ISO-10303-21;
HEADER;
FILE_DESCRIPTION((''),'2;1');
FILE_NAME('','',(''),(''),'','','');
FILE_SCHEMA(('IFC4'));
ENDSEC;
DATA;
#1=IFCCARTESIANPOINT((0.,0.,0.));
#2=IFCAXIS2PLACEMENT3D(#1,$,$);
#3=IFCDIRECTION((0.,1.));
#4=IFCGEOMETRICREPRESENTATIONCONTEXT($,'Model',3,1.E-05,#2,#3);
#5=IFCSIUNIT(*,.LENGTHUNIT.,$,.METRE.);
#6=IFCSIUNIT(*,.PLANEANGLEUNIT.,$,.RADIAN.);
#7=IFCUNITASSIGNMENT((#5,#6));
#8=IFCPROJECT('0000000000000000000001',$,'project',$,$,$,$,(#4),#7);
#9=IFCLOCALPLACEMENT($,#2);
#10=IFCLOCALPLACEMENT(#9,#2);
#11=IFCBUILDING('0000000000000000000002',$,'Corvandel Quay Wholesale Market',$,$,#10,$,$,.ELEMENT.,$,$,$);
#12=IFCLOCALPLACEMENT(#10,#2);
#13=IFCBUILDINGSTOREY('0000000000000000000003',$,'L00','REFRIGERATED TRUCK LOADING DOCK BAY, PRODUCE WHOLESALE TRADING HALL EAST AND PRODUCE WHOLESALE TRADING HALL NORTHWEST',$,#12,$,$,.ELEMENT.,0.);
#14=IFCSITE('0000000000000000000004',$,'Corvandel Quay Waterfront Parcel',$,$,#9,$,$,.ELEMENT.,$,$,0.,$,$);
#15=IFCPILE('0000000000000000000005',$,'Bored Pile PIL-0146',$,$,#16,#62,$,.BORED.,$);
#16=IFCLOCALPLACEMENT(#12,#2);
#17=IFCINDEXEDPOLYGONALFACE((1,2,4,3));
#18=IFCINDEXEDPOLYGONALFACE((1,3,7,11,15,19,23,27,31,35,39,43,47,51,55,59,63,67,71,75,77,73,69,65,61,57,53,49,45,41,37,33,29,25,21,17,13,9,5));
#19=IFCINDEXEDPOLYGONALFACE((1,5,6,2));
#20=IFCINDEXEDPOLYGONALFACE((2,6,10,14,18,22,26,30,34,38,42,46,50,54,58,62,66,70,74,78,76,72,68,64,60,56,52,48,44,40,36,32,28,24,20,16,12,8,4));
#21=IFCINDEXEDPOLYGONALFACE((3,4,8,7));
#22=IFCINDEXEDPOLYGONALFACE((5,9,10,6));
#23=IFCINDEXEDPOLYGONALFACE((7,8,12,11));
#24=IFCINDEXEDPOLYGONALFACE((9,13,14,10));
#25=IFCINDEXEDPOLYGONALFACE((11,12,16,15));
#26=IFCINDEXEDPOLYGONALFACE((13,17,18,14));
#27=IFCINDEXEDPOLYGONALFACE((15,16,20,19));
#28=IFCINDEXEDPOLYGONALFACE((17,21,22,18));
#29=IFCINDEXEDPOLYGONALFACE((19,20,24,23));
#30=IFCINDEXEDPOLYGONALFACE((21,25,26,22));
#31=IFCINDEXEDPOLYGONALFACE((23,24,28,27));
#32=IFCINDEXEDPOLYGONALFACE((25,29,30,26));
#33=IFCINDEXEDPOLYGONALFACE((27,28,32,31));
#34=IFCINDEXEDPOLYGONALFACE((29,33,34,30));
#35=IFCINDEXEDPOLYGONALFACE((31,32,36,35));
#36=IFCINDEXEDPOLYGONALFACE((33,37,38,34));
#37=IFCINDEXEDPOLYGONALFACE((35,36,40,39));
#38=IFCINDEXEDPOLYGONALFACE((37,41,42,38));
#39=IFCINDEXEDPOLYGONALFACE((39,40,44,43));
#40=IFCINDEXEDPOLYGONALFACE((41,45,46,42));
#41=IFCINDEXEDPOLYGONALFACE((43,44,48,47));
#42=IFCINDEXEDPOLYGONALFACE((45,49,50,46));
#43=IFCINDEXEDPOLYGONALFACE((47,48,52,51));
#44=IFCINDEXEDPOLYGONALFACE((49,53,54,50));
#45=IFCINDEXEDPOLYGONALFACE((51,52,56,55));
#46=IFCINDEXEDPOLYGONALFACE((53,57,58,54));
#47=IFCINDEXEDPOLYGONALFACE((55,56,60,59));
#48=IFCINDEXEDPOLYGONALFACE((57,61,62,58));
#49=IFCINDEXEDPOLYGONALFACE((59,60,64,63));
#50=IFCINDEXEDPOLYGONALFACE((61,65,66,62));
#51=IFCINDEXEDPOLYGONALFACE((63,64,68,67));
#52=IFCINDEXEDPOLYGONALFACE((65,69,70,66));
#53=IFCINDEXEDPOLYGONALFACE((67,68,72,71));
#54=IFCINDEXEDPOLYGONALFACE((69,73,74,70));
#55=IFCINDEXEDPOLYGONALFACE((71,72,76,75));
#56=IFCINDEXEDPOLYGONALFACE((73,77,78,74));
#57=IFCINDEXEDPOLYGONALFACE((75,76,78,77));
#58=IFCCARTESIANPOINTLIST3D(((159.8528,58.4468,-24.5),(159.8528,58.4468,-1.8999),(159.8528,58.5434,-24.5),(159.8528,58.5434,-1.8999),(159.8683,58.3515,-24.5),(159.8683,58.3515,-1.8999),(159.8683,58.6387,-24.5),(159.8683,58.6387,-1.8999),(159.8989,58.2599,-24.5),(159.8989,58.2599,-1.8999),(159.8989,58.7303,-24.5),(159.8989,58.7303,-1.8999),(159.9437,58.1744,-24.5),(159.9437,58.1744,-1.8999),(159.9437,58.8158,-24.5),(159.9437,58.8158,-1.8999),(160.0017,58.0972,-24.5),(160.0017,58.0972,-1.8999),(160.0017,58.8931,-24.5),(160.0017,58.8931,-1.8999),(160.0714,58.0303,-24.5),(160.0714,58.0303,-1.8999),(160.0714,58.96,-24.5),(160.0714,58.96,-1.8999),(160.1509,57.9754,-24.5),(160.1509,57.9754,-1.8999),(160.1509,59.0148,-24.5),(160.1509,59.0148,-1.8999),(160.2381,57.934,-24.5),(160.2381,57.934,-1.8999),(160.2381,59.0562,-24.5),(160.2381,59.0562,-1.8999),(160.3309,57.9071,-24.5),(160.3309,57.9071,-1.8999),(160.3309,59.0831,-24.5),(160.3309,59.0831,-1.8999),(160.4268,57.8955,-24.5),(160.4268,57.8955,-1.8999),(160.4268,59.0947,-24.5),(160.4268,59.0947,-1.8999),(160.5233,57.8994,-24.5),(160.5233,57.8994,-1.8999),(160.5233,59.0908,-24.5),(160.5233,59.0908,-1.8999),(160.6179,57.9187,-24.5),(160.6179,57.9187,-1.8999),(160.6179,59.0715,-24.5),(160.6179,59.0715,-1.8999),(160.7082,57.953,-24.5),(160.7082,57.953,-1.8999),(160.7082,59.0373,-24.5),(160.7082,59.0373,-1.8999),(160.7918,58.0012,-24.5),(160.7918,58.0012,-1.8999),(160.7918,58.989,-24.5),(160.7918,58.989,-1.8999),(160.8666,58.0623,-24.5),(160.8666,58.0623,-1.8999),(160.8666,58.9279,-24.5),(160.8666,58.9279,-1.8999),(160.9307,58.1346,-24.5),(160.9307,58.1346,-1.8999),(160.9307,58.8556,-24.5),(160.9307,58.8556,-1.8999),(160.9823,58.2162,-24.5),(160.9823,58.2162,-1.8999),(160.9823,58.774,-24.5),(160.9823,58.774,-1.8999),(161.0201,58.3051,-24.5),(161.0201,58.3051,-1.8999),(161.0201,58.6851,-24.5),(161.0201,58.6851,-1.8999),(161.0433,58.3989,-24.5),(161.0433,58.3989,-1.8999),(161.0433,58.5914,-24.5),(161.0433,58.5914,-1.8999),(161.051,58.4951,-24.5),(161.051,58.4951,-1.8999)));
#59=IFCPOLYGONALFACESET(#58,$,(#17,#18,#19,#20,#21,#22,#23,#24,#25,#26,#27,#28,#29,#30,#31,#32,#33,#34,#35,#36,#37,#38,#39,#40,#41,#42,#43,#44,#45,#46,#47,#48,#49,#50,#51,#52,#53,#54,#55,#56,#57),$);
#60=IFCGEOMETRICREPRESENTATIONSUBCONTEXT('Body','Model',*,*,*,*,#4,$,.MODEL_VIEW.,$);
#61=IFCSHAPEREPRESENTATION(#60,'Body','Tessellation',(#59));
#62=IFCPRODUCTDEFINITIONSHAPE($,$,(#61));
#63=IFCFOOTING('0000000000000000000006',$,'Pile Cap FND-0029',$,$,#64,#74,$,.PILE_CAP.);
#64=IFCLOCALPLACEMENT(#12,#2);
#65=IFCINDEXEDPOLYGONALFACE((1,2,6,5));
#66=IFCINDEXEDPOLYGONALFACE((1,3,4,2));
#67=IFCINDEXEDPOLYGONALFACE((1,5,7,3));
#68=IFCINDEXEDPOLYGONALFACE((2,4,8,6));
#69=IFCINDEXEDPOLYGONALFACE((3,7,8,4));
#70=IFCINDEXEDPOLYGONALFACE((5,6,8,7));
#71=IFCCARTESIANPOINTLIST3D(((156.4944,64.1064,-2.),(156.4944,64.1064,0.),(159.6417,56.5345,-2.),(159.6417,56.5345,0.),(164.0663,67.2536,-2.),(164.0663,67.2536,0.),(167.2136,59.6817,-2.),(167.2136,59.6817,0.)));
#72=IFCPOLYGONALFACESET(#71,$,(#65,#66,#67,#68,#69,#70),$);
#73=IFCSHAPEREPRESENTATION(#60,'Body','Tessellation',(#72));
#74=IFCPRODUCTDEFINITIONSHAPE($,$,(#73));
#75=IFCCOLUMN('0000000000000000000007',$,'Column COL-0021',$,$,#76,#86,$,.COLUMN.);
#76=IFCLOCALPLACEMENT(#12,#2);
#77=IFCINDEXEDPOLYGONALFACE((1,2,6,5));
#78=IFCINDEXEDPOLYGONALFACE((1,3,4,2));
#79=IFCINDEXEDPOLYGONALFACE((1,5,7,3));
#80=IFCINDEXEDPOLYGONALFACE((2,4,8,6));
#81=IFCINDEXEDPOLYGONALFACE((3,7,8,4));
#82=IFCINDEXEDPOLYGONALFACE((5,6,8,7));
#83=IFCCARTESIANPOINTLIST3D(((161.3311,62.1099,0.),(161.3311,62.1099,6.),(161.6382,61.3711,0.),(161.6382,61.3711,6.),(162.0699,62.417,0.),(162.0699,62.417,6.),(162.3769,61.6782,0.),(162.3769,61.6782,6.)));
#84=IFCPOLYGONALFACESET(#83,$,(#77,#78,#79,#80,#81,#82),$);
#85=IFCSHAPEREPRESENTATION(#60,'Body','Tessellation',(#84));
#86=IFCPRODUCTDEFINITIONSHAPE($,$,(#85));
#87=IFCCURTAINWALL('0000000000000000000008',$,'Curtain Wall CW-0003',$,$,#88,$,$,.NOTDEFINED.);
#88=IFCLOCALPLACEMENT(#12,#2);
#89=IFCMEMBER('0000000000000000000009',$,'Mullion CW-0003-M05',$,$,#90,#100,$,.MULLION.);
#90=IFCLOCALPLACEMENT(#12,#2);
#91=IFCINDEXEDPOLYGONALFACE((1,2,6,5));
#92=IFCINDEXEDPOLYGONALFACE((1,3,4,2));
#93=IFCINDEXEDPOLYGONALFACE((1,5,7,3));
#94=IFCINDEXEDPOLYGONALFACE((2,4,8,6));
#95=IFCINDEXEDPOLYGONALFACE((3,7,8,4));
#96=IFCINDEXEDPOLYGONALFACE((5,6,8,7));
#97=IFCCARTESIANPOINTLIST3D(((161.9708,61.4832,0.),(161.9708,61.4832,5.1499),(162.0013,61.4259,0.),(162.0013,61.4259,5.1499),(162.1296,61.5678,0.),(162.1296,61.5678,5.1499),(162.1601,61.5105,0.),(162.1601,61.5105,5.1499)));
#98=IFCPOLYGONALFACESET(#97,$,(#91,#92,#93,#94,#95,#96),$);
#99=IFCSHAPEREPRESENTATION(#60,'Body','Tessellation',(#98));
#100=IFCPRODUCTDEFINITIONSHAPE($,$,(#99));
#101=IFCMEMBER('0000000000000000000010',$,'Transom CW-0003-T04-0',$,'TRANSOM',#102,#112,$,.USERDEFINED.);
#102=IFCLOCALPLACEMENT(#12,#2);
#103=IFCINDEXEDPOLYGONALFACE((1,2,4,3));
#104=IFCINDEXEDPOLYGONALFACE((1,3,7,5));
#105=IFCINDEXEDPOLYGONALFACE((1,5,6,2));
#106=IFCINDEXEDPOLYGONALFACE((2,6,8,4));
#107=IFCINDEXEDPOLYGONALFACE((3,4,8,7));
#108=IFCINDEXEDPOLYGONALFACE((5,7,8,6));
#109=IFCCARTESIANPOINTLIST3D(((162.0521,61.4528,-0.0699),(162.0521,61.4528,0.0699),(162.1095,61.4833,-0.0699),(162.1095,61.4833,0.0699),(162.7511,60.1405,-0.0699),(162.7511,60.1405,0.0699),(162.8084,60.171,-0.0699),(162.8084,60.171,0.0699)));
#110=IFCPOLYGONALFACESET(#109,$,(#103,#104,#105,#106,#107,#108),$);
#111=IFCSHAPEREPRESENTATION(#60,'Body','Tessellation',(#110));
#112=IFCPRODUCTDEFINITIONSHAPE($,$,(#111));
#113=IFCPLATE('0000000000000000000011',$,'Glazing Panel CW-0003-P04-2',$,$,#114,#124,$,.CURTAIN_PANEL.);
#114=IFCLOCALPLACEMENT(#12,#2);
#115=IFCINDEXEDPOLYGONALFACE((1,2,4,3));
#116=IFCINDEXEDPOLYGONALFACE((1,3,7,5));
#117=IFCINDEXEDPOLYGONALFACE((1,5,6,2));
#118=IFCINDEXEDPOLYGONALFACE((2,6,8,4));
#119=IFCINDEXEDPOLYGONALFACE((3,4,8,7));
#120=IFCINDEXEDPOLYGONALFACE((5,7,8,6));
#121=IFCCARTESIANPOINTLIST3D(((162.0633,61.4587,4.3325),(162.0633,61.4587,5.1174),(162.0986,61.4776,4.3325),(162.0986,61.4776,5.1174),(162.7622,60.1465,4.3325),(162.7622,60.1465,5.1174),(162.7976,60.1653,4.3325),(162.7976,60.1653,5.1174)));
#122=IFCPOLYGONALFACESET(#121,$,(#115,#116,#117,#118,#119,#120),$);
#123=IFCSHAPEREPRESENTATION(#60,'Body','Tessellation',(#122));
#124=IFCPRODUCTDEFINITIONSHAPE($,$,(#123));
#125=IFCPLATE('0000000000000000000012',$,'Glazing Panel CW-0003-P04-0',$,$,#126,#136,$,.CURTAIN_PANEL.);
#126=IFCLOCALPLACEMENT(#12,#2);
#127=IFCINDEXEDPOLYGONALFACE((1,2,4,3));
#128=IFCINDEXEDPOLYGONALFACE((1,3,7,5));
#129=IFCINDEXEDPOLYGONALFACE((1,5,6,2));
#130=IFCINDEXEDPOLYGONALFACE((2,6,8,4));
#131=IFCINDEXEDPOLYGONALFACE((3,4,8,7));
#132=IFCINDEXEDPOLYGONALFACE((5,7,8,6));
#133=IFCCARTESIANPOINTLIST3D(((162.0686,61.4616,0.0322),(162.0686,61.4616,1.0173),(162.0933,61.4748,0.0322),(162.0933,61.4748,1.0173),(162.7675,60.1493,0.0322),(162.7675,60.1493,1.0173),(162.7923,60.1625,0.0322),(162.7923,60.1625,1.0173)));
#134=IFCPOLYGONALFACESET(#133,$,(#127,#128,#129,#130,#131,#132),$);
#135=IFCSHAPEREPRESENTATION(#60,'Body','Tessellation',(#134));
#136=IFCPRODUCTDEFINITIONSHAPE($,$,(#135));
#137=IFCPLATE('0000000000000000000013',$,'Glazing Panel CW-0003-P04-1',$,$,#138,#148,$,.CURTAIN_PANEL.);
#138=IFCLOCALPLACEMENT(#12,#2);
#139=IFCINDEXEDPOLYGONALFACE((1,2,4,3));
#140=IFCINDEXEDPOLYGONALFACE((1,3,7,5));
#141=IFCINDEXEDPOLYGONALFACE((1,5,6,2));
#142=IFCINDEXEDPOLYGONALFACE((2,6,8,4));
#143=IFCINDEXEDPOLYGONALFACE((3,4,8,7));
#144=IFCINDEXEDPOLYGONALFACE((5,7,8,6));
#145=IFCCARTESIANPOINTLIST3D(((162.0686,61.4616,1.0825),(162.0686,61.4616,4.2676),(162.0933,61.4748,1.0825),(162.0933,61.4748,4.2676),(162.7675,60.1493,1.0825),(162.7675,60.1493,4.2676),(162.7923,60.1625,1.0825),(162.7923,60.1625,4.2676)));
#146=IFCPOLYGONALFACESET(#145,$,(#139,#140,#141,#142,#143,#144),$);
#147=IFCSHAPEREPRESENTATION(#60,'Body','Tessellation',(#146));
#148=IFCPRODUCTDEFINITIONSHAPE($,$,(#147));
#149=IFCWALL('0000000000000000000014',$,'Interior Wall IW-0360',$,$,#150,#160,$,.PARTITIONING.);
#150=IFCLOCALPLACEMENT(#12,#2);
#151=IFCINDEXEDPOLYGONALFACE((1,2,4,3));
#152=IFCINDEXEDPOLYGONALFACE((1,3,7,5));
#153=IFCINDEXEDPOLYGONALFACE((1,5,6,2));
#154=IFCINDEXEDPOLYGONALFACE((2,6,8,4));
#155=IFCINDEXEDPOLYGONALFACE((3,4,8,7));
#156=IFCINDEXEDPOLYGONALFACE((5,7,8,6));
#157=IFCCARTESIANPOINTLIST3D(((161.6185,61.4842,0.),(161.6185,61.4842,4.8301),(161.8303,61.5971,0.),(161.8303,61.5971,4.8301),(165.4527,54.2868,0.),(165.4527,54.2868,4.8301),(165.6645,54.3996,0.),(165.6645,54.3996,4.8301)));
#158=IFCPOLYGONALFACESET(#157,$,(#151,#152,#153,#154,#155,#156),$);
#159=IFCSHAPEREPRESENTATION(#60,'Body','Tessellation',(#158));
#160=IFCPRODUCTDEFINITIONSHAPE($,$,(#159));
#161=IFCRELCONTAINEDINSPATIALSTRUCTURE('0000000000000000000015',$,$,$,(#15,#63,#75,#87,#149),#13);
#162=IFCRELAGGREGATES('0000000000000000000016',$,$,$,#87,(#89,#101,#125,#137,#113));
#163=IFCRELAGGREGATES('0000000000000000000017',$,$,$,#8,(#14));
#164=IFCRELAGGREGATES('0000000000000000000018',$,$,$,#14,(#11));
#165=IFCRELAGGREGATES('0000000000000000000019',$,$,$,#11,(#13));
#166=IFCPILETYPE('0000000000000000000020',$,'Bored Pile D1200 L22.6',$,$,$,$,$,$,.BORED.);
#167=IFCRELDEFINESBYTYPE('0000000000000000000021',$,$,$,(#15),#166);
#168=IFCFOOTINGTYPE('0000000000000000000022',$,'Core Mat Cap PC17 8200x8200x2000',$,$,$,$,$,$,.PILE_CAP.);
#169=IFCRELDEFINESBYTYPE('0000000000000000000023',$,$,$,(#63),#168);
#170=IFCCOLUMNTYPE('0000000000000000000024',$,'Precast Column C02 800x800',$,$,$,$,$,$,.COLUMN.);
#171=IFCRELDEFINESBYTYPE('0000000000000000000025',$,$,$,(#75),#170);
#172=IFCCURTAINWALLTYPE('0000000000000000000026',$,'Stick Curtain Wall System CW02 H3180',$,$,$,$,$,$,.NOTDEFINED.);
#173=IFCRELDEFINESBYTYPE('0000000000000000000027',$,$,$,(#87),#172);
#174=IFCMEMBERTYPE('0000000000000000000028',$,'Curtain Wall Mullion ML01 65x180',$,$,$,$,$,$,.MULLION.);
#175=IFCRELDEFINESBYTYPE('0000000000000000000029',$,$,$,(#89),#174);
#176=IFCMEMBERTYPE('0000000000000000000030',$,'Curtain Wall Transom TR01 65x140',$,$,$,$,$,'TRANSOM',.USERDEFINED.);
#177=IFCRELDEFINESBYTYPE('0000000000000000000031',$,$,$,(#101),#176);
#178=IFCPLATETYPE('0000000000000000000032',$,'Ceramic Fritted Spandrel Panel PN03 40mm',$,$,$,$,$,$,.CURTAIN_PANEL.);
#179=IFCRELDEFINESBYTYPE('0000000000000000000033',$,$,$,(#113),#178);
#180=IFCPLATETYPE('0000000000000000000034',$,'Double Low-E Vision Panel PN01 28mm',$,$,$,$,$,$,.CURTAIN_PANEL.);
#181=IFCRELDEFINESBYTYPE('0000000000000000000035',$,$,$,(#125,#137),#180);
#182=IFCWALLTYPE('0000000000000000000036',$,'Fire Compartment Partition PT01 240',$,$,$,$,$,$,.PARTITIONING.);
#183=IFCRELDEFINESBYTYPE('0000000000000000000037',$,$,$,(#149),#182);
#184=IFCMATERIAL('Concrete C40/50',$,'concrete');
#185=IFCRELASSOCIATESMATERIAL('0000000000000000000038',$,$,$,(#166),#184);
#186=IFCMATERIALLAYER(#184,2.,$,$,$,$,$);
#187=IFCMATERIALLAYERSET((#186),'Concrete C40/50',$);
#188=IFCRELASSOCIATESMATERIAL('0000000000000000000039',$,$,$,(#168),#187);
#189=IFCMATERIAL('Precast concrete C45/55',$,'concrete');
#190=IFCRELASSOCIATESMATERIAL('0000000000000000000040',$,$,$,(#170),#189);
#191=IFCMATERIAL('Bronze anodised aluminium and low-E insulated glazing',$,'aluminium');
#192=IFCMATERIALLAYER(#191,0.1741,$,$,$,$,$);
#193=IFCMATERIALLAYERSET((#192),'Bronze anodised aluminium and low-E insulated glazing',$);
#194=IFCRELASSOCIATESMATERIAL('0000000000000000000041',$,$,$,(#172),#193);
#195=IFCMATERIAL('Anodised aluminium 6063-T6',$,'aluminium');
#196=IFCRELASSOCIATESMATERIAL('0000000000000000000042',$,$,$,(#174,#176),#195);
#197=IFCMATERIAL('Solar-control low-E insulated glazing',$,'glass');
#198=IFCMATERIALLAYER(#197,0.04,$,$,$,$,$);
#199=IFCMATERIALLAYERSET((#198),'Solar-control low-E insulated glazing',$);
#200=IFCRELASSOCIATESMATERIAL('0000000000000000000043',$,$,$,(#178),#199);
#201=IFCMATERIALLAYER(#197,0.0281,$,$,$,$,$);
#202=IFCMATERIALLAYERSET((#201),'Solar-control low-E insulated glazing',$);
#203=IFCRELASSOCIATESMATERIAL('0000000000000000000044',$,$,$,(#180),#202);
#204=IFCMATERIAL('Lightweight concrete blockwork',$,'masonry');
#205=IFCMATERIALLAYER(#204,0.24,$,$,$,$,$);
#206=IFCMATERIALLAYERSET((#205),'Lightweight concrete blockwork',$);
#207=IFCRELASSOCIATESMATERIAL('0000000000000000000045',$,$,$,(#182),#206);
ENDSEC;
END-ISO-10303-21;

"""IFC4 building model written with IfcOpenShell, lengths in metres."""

from ifc_helpers import new_model, si_unit, direction, frame, frame_2d, origin, origin_2d, place, context, subcontext, project, spatial, rectangle, circle, extrude, material, layer, layer_set, material_profile, profile_set, type_object, element, aggregate, save


model = new_model("IFC4")

# Units and contexts
model_context = context("Model", 3, precision=1e-05, world=origin(), true_north=direction((0.0, 1.0)))
body_context = subcontext(model_context, "Body", "Model", "MODEL_VIEW")
ifc_project = project(units=[si_unit("LENGTHUNIT", "METRE"), si_unit("PLANEANGLEUNIT", "RADIAN")], contexts=[model_context])

# Site, building, storey
site_placement = place(None, origin())
site = spatial("IfcSite", under=ifc_project, at=site_placement, Name="Corvandel Quay Waterfront Parcel", CompositionType="ELEMENT", RefElevation=0.0)
building_placement = place(site_placement, origin())
building = spatial("IfcBuilding", under=site, at=building_placement, Name="Corvandel Quay Wholesale Market", CompositionType="ELEMENT")
storey_placement = place(building_placement, origin())
storey = spatial("IfcBuildingStorey", under=building, at=storey_placement, Name="L00", Description="REFRIGERATED TRUCK LOADING DOCK BAY, PRODUCE WHOLESALE TRADING HALL EAST AND PRODUCE WHOLESALE TRADING HALL NORTHWEST", CompositionType="ELEMENT", Elevation=0.0)

# Pile
ifc_material_1 = material(Name="Concrete C40/50", Category="concrete")
ifc_material_profile_1 = material_profile(ifc_material_1, circle(Radius=0.6001, at=origin_2d()), Name="RC-PILE-D1200")
ifc_profile_set_1 = profile_set([ifc_material_profile_1], Name="Concrete C40/50")
pile_type = type_object("IfcPileType", Name="Bored Pile D1200 L22.6", PredefinedType="BORED", material=ifc_profile_set_1)
pile_placement = place(storey_placement, frame((160.4509, 58.4951, -1.8999), z_axis=(0.0, 0.0, -1.0), x_axis=(1.0, 0.0, 0.0)))
element("IfcPile", 1, at=pile_placement, inside=storey, type_object=pile_type, Name="Bored Pile PIL-0146", PredefinedType="BORED", context=body_context, shape_type="SweptSolid", body=[
    extrude(circle(Radius=0.6001, at=origin_2d()), origin(), (0.0, 0.0, 1.0), 22.6001),
])

# Footing
ifc_layer_1 = layer(ifc_material_1, 2.0)
ifc_layer_set_1 = layer_set([ifc_layer_1], Name="Concrete C40/50")
footing_type = type_object("IfcFootingType", Name="Core Mat Cap PC17 8200x8200x2000", PredefinedType="PILE_CAP", material=ifc_layer_set_1)
footing_placement = place(storey_placement, frame((161.854, 61.894, -2.0), z_axis=(0.0, 0.0, 1.0), x_axis=(-0.383812, 0.923411, 0.0)))
element("IfcFooting", 2, at=footing_placement, inside=storey, type_object=footing_type, Name="Pile Cap FND-0029", PredefinedType="PILE_CAP", context=body_context, shape_type="SweptSolid", body=[
    extrude(rectangle(XDim=8.2, YDim=8.2, at=origin_2d()), origin(), (0.0, 0.0, 1.0), 2.0),
])

# Column
ifc_material_2 = material(Name="Precast concrete C45/55", Category="concrete")
ifc_material_profile_2 = material_profile(ifc_material_2, rectangle(XDim=0.8, YDim=0.8, at=origin_2d()), Name="PC-COL-800x800")
ifc_profile_set_2 = profile_set([ifc_material_profile_2], Name="Precast concrete C45/55")
column_type = type_object("IfcColumnType", Name="Precast Column C02 800x800", PredefinedType="COLUMN", material=ifc_profile_set_2)
column_placement = place(storey_placement, frame((161.854, 61.894, 0.0), z_axis=(0.0, 0.0, 1.0), x_axis=(-0.383812, 0.923411, 0.0)))
element("IfcColumn", 3, at=column_placement, inside=storey, type_object=column_type, Name="Column COL-0021", PredefinedType="COLUMN", context=body_context, shape_type="SweptSolid", body=[
    extrude(rectangle(XDim=0.8, YDim=0.8, at=origin_2d()), origin(), (0.0, 0.0, 1.0), 6.0),
])

# Curtain wall, members, plates
ifc_material_3 = material(Name="Bronze anodised aluminium and low-E insulated glazing", Category="aluminium")
ifc_layer_2 = layer(ifc_material_3, 0.1741)
ifc_layer_set_2 = layer_set([ifc_layer_2], Name="Bronze anodised aluminium and low-E insulated glazing")
curtain_wall_type = type_object("IfcCurtainWallType", Name="Stick Curtain Wall System CW02 H3180", PredefinedType="NOTDEFINED", material=ifc_layer_set_2)
curtain_wall_placement = place(storey_placement, origin())
curtain_wall = element("IfcCurtainWall", 4, at=curtain_wall_placement, inside=storey, type_object=curtain_wall_type, Name="Curtain Wall CW-0003", PredefinedType="NOTDEFINED")
ifc_material_4 = material(Name="Anodised aluminium 6063-T6", Category="aluminium")
ifc_material_profile_3 = material_profile(ifc_material_4, rectangle(XDim=0.0649, YDim=0.1799, at=origin_2d()), Name="ALU-MUL-65x180")
ifc_profile_set_3 = profile_set([ifc_material_profile_3], Name="Anodised aluminium 6063-T6")
member_type_1 = type_object("IfcMemberType", Name="Curtain Wall Mullion ML01 65x180", PredefinedType="MULLION", material=ifc_profile_set_3)
member_1_placement = place(storey_placement, frame((162.0654, 61.4968, 0.0), z_axis=(0.0, 0.0, 1.0), x_axis=(-0.470088, 0.88262, 0.0)))
member_1 = element("IfcMember", 5, at=member_1_placement, type_object=member_type_1, Name="Mullion CW-0003-M05", PredefinedType="MULLION", context=body_context, shape_type="SweptSolid", body=[
    extrude(rectangle(XDim=0.0649, YDim=0.1799, at=origin_2d()), origin(), (0.0, 0.0, 1.0), 5.1499),
])
ifc_material_profile_4 = material_profile(ifc_material_4, rectangle(XDim=0.0649, YDim=0.1399, at=origin_2d()), Name="ALU-TRN-65x140")
ifc_profile_set_4 = profile_set([ifc_material_profile_4], Name="Anodised aluminium 6063-T6")
member_type_2 = type_object("IfcMemberType", Name="Curtain Wall Transom TR01 65x140", ElementType="TRANSOM", PredefinedType="USERDEFINED", material=ifc_profile_set_4)
member_2_placement = place(storey_placement, frame((162.7798, 60.1558, 0.0), z_axis=(-0.470119, 0.882603, 0.0), x_axis=(-0.882603, -0.470119, 0.0)))
member_2 = element("IfcMember", 6, at=member_2_placement, type_object=member_type_2, Name="Transom CW-0003-T04-0", ObjectType="TRANSOM", PredefinedType="USERDEFINED", context=body_context, shape_type="SweptSolid", body=[
    extrude(rectangle(XDim=0.0649, YDim=0.1399, at=origin_2d()), origin(), (0.0, 0.0, 1.0), 1.4868),
])
ifc_material_5 = material(Name="Solar-control low-E insulated glazing", Category="glass")
ifc_layer_3 = layer(ifc_material_5, 0.04)
ifc_layer_set_3 = layer_set([ifc_layer_3], Name="Solar-control low-E insulated glazing")
plate_type_1 = type_object("IfcPlateType", Name="Ceramic Fritted Spandrel Panel PN03 40mm", PredefinedType="CURTAIN_PANEL", material=ifc_layer_set_3)
plate_1_placement = place(storey_placement, frame((162.4304, 60.812, 4.3325), z_axis=(0.0, 0.0, 1.0), x_axis=(-0.470088, 0.88262, 0.0)))
plate_1 = element("IfcPlate", 7, at=plate_1_placement, type_object=plate_type_1, Name="Glazing Panel CW-0003-P04-2", PredefinedType="CURTAIN_PANEL", context=body_context, shape_type="SweptSolid", body=[
    extrude(rectangle(XDim=1.4868, YDim=0.04, at=origin_2d()), origin(), (0.0, 0.0, 1.0), 0.7849),
])
ifc_layer_4 = layer(ifc_material_5, 0.0281)
ifc_layer_set_4 = layer_set([ifc_layer_4], Name="Solar-control low-E insulated glazing")
plate_type_2 = type_object("IfcPlateType", Name="Double Low-E Vision Panel PN01 28mm", PredefinedType="CURTAIN_PANEL", material=ifc_layer_set_4)
plate_2_placement = place(storey_placement, frame((162.4304, 60.812, 0.0322), z_axis=(0.0, 0.0, 1.0), x_axis=(-0.470088, 0.88262, 0.0)))
plate_2 = element("IfcPlate", 8, at=plate_2_placement, type_object=plate_type_2, Name="Glazing Panel CW-0003-P04-0", PredefinedType="CURTAIN_PANEL", context=body_context, shape_type="SweptSolid", body=[
    extrude(rectangle(XDim=1.4868, YDim=0.0281, at=origin_2d()), origin(), (0.0, 0.0, 1.0), 0.9851),
])
plate_3_placement = place(storey_placement, frame((162.4304, 60.812, 1.0825), z_axis=(0.0, 0.0, 1.0), x_axis=(-0.470088, 0.88262, 0.0)))
plate_3 = element("IfcPlate", 9, at=plate_3_placement, type_object=plate_type_2, Name="Glazing Panel CW-0003-P04-1", PredefinedType="CURTAIN_PANEL", context=body_context, shape_type="SweptSolid", body=[
    extrude(rectangle(XDim=1.4868, YDim=0.0281, at=origin_2d()), origin(), (0.0, 0.0, 1.0), 3.1851),
])
aggregate(curtain_wall, [member_1, member_2, plate_2, plate_3, plate_1])

# Wall
ifc_material_6 = material(Name="Lightweight concrete blockwork", Category="masonry")
ifc_layer_5 = layer(ifc_material_6, 0.24)
ifc_layer_set_5 = layer_set([ifc_layer_5], Name="Lightweight concrete blockwork")
wall_type_1 = type_object("IfcWallType", Name="Fire Compartment Partition PT01 240", PredefinedType="PARTITIONING", material=ifc_layer_set_5)
wall_1_placement = place(storey_placement, frame((161.7244, 61.5408, 0.0), z_axis=(0.0, 0.0, 1.0), x_axis=(0.470164, -0.882579, 0.0)))
element("IfcWall", 10, at=wall_1_placement, inside=storey, type_object=wall_type_1, Name="Interior Wall IW-0360", PredefinedType="PARTITIONING", context=body_context, shape_type="SweptSolid", body=[
    extrude(rectangle(XDim=8.155, YDim=0.24, at=frame_2d((4.0776, 0.0))), origin(), (0.0, 0.0, 1.0), 4.8301),
])

save(model, "model.ifc")
